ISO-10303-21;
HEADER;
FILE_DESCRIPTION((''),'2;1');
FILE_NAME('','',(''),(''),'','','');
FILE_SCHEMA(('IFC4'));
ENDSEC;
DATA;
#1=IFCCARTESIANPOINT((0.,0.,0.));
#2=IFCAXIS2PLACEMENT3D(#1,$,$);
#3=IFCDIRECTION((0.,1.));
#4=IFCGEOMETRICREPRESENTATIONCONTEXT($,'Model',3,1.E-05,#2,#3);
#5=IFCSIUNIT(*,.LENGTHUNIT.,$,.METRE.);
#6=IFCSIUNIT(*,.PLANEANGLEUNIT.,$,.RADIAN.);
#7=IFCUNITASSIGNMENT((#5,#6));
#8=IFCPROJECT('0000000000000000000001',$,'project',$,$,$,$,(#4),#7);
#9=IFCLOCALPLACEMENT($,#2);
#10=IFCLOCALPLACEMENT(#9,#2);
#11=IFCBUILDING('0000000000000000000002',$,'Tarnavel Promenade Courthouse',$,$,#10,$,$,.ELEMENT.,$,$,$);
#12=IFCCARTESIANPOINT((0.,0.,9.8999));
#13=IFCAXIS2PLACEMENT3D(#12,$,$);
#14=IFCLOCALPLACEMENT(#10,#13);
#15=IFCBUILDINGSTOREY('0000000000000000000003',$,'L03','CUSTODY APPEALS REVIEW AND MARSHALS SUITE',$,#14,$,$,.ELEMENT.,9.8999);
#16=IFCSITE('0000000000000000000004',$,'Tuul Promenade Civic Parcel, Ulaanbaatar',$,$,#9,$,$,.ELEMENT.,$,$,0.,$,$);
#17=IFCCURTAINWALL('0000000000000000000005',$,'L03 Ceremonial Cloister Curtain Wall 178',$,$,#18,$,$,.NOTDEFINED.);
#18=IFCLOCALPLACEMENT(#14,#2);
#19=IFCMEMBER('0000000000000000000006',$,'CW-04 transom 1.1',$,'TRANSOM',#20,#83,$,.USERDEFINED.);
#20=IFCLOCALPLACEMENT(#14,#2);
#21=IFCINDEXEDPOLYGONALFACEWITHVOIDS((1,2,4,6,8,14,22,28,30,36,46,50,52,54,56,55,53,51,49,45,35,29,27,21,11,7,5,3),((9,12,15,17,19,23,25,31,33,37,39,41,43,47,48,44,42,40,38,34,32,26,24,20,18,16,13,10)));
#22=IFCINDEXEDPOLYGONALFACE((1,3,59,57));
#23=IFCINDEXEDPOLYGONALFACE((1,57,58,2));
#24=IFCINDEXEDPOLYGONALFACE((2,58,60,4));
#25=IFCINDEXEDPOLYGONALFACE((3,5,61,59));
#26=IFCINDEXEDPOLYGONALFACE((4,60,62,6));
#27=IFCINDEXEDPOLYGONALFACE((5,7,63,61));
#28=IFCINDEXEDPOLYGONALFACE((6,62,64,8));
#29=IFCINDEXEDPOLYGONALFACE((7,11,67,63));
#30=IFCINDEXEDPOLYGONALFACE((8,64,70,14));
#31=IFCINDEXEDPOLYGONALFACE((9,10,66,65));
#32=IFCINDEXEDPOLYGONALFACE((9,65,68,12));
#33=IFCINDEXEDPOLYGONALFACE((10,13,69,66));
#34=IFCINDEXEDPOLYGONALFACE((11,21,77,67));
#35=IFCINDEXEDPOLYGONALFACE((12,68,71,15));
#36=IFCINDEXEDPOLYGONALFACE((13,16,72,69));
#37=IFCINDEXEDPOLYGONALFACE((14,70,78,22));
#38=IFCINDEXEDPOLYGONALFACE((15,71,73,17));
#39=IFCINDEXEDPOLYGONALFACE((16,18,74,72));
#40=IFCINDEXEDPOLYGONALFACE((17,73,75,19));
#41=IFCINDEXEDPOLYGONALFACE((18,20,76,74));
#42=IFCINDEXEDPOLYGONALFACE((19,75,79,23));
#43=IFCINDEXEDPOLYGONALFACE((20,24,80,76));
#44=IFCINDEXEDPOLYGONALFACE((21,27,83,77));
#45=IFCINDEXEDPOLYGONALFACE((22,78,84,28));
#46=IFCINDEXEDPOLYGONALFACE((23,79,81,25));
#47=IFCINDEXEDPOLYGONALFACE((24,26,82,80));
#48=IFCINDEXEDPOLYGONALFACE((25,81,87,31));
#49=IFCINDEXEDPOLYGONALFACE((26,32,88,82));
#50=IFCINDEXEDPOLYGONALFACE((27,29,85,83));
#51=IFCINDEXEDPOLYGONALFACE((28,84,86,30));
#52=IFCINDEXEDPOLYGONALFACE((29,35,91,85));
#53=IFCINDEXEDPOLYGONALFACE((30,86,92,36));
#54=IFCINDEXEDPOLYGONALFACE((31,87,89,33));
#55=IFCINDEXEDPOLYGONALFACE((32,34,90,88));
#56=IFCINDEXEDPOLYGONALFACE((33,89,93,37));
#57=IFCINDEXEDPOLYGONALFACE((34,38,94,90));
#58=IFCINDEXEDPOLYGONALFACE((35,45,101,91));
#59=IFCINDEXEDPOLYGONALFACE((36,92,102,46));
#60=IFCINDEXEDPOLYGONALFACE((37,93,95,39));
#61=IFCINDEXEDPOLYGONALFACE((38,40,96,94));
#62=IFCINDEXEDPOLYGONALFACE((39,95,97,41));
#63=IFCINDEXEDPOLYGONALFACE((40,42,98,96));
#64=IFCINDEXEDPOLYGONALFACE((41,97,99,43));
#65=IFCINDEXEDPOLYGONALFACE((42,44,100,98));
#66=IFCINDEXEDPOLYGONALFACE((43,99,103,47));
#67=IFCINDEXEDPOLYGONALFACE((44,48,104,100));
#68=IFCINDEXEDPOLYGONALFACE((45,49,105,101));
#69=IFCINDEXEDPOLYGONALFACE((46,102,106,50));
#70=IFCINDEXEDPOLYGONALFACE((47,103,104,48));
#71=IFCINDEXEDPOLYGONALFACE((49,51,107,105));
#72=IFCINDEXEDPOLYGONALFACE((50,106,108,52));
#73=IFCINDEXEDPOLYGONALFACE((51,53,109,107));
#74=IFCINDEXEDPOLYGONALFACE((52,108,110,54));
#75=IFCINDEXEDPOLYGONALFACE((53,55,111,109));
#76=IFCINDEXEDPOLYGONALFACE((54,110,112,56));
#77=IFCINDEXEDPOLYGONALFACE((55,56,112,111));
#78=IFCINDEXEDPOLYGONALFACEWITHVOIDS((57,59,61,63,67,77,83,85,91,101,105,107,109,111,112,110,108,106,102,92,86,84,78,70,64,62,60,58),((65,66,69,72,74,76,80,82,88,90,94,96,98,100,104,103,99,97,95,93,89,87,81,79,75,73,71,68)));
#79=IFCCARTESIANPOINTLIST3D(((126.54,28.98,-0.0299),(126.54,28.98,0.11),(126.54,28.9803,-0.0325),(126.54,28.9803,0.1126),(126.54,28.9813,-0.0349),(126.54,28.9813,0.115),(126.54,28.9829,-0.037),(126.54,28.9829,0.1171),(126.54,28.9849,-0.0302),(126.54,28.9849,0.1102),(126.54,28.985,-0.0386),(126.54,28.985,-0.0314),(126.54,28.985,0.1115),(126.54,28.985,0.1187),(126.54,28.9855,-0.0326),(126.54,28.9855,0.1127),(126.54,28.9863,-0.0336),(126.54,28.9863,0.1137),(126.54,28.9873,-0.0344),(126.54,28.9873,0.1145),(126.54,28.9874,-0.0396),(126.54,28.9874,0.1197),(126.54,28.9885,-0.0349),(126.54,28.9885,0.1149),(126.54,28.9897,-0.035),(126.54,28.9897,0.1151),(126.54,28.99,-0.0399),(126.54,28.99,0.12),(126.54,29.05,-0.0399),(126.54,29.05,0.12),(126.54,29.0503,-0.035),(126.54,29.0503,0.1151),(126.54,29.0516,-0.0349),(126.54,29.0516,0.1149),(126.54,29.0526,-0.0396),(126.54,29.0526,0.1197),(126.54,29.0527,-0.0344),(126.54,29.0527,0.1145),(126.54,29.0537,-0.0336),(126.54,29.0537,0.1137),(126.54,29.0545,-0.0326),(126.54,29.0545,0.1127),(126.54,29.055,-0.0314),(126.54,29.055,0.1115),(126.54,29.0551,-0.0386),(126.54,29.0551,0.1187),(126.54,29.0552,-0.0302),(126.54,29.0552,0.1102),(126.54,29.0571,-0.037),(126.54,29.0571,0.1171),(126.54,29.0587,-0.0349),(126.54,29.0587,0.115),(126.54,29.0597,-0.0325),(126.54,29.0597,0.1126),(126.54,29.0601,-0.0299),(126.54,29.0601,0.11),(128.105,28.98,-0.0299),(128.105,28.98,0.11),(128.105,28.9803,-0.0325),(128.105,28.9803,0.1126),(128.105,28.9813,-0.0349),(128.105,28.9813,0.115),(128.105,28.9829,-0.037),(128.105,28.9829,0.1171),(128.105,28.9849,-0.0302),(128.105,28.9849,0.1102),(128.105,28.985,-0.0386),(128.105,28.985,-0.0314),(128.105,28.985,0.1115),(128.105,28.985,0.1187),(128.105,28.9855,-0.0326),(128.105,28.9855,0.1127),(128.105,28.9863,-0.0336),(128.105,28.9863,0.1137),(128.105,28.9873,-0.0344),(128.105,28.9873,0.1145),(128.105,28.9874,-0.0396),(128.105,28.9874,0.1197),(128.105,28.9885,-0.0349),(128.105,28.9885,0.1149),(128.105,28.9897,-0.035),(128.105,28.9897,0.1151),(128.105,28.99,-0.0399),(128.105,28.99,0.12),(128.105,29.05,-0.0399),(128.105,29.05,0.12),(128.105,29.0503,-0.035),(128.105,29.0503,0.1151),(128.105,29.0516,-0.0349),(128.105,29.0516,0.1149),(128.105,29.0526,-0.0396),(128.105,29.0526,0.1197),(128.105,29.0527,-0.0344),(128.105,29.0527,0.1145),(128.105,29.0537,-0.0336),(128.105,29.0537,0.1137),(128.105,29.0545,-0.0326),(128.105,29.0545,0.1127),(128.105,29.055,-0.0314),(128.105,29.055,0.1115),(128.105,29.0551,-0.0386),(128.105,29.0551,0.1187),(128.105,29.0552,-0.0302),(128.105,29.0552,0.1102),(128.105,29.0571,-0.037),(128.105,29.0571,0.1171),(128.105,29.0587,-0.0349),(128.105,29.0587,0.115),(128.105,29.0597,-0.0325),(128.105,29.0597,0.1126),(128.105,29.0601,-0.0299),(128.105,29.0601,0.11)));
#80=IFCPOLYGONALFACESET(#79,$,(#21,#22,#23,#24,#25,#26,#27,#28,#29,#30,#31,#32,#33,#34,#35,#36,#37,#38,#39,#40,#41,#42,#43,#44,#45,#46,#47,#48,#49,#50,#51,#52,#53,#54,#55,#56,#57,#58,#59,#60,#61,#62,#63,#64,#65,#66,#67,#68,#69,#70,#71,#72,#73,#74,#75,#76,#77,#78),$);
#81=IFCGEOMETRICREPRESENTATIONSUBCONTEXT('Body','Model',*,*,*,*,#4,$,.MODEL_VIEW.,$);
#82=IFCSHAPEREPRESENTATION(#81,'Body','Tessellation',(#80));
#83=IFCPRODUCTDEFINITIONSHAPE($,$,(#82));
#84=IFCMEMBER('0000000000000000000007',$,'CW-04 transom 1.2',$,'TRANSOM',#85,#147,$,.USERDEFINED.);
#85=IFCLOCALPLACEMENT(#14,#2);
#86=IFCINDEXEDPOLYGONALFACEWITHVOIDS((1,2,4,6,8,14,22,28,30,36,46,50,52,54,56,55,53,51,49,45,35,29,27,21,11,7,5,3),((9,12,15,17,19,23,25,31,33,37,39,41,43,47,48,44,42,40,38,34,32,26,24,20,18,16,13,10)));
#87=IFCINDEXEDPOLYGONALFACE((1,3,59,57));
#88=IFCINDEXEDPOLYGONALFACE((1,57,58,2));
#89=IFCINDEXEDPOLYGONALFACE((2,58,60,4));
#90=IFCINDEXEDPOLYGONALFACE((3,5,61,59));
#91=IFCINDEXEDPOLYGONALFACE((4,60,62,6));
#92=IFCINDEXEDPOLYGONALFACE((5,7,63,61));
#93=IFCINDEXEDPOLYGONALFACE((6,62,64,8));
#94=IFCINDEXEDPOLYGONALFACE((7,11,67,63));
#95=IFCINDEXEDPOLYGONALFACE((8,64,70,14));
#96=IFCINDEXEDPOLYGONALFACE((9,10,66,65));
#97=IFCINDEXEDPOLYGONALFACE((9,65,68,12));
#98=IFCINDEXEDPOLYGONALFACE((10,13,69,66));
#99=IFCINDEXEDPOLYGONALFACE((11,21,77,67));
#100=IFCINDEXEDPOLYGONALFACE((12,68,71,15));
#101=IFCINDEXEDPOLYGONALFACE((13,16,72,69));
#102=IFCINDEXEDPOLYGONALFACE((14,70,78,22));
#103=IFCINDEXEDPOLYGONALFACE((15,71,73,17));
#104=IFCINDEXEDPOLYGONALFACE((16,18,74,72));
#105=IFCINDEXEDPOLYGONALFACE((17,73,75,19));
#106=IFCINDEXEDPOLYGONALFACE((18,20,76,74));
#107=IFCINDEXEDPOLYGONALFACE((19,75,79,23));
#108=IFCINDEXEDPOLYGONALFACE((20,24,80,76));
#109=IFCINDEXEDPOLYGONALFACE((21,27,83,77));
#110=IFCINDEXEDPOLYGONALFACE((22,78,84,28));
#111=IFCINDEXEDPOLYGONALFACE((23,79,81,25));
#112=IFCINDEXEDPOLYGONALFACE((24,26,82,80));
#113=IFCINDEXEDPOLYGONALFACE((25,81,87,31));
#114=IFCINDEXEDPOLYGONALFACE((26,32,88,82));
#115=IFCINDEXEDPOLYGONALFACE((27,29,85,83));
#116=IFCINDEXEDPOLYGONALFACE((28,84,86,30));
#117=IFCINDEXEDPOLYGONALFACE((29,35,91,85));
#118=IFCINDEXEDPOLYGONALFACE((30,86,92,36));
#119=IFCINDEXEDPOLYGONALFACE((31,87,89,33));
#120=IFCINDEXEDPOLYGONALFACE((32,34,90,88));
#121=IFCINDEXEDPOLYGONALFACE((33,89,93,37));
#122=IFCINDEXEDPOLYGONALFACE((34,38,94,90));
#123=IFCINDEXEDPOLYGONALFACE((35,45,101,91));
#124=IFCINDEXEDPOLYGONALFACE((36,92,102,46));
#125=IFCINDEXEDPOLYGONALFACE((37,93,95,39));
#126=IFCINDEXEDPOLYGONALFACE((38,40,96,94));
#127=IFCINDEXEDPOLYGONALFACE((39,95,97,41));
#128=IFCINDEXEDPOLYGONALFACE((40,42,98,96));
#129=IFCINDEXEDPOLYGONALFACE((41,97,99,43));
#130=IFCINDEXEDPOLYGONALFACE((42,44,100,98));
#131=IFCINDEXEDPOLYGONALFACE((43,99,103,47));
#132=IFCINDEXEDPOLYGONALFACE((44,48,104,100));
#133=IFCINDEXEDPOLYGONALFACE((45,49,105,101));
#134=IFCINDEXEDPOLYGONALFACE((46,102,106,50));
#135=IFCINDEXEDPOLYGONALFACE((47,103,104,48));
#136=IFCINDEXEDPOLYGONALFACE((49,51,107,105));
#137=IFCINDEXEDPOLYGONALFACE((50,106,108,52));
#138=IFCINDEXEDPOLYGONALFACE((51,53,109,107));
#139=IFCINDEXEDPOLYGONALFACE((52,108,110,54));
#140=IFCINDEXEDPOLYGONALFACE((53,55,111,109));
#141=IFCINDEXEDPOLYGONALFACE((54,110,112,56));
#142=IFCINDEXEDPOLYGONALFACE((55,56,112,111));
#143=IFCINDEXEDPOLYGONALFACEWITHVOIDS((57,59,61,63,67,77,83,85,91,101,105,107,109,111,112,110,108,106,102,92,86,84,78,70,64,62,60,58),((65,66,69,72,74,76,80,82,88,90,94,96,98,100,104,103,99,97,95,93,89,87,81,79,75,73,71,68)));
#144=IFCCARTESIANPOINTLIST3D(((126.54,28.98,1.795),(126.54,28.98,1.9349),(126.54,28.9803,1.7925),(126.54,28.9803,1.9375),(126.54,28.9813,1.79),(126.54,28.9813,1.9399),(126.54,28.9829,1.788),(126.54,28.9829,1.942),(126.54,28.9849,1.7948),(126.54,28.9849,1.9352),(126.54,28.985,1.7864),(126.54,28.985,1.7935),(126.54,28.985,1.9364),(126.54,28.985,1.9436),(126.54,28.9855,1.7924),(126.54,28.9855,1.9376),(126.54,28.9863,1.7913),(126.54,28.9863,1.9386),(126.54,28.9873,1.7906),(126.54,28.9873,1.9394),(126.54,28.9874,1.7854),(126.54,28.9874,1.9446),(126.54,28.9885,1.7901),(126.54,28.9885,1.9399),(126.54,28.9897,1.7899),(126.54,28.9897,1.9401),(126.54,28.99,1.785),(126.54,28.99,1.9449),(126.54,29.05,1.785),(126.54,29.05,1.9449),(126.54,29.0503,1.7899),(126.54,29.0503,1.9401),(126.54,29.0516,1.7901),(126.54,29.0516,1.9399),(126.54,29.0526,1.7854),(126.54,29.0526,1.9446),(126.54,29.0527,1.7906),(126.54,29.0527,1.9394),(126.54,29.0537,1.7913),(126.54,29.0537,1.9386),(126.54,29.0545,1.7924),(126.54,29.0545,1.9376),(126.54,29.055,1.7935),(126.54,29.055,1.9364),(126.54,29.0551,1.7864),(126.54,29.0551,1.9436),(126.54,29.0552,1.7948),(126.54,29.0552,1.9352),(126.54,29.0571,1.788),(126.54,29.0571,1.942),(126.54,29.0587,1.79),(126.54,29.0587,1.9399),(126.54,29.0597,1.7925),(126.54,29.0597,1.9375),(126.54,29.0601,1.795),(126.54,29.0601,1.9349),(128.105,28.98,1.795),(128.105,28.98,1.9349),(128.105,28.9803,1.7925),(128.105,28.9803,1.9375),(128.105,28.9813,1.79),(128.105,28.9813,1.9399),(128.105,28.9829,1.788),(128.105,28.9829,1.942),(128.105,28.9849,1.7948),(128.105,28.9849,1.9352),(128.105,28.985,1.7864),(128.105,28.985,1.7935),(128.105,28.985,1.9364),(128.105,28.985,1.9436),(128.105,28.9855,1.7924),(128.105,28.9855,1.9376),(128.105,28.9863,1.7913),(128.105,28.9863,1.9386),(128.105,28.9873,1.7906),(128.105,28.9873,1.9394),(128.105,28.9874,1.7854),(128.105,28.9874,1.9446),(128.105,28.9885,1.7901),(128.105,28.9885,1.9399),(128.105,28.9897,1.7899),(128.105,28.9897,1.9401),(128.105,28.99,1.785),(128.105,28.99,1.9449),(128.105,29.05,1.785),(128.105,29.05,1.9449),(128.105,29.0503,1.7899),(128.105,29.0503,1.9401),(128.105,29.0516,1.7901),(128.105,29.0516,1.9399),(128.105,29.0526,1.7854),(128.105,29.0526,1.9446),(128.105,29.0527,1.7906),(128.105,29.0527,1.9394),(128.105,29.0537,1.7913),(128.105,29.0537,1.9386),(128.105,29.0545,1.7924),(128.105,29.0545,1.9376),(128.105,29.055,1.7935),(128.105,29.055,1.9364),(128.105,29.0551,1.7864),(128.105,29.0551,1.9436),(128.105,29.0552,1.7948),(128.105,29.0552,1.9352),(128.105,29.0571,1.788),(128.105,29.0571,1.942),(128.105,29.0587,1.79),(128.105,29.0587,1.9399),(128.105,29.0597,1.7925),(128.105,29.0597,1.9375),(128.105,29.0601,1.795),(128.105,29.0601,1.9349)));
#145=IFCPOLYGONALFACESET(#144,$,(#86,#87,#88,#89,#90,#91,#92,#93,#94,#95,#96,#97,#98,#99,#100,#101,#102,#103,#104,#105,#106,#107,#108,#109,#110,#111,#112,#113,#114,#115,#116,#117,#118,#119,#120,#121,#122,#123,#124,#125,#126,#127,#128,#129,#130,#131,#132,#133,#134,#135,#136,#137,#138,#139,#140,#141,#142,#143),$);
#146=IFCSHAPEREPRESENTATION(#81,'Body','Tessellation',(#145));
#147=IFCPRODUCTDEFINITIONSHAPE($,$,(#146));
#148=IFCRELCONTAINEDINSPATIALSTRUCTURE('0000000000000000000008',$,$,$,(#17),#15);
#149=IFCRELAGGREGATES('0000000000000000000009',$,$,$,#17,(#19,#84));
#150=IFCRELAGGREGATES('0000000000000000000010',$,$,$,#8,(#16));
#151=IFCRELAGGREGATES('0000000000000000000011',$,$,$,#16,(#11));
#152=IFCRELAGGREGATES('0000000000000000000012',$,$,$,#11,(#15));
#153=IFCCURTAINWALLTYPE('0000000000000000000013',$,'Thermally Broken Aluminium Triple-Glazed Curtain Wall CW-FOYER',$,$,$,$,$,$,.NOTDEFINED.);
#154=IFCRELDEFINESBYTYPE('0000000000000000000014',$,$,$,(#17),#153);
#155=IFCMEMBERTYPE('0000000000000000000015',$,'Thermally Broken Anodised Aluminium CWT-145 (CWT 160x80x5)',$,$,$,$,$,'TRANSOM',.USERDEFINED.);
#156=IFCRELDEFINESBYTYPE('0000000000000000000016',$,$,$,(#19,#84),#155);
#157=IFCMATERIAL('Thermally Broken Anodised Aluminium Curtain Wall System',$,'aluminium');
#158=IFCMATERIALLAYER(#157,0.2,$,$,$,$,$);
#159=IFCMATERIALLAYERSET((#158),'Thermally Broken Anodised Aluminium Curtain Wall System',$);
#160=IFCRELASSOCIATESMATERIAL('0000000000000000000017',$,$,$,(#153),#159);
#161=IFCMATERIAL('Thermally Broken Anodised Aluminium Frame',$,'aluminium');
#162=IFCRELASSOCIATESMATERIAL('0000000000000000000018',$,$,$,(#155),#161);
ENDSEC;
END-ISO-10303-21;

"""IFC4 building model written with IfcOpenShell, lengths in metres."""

from ifc_helpers import new_model, si_unit, direction, frame, origin, origin_2d, place, context, subcontext, project, spatial, hollow_rectangle, extrude, material, layer, layer_set, material_profile, profile_set, type_object, element, aggregate, save


model = new_model("IFC4")

# Units and contexts
model_context = context("Model", 3, precision=1e-05, world=origin(), true_north=direction((0.0, 1.0)))
body_context = subcontext(model_context, "Body", "Model", "MODEL_VIEW")
ifc_project = project(units=[si_unit("LENGTHUNIT", "METRE"), si_unit("PLANEANGLEUNIT", "RADIAN")], contexts=[model_context])

# Site, building, storey
site_placement = place(None, origin())
site = spatial("IfcSite", under=ifc_project, at=site_placement, Name="Tuul Promenade Civic Parcel, Ulaanbaatar", CompositionType="ELEMENT", RefElevation=0.0)
building_placement = place(site_placement, origin())
building = spatial("IfcBuilding", under=site, at=building_placement, Name="Tarnavel Promenade Courthouse", CompositionType="ELEMENT")
storey_placement = place(building_placement, frame((0.0, 0.0, 9.8999)))
storey = spatial("IfcBuildingStorey", under=building, at=storey_placement, Name="L03", Description="CUSTODY APPEALS REVIEW AND MARSHALS SUITE", CompositionType="ELEMENT", Elevation=9.8999)

# Shared definitions
ifc_material_1 = material(Name="Thermally Broken Anodised Aluminium Curtain Wall System", Category="aluminium")
ifc_layer_1 = layer(ifc_material_1, 0.2)
ifc_layer_set_1 = layer_set([ifc_layer_1], Name="Thermally Broken Anodised Aluminium Curtain Wall System")
curtain_wall_type = type_object("IfcCurtainWallType", Name="Thermally Broken Aluminium Triple-Glazed Curtain Wall CW-FOYER", PredefinedType="NOTDEFINED", material=ifc_layer_set_1)
ifc_material_2 = material(Name="Thermally Broken Anodised Aluminium Frame", Category="aluminium")

# Curtain wall, members
curtain_wall_1_placement = place(storey_placement, origin())
curtain_wall_1 = element("IfcCurtainWall", 1, at=curtain_wall_1_placement, inside=storey, type_object=curtain_wall_type, Name="L03 Ceremonial Cloister Curtain Wall 178", PredefinedType="NOTDEFINED")
ifc_material_profile_1 = material_profile(ifc_material_2, hollow_rectangle(XDim=0.0801, YDim=0.1599, WallThickness=0.0049, InnerFilletRadius=0.0049, OuterFilletRadius=0.01, at=origin_2d()), Name="CWT 160x80x5")
ifc_profile_set_1 = profile_set([ifc_material_profile_1], Name="Thermally Broken Anodised Aluminium Frame")
member_type_1 = type_object("IfcMemberType", Name="Thermally Broken Anodised Aluminium CWT-145 (CWT 160x80x5)", ElementType="TRANSOM", PredefinedType="USERDEFINED", material=ifc_profile_set_1)
member_1_placement = place(storey_placement, frame((126.54, 29.02, 0.04), z_axis=(1.0, 0.0, 0.0), x_axis=(0.0, 1.0, 0.0)))
member_1 = element("IfcMember", 2, at=member_1_placement, type_object=member_type_1, Name="CW-04 transom 1.1", ObjectType="TRANSOM", PredefinedType="USERDEFINED", context=body_context, shape_type="SweptSolid", body=[
    extrude(hollow_rectangle(XDim=0.0801, YDim=0.1599, WallThickness=0.0049, InnerFilletRadius=0.0049, OuterFilletRadius=0.01, at=origin_2d()), origin(), (0.0, 0.0, 1.0), 1.5649),
])
member_2_placement = place(storey_placement, frame((126.54, 29.02, 1.865), z_axis=(1.0, 0.0, 0.0), x_axis=(0.0, 1.0, 0.0)))
member_2 = element("IfcMember", 3, at=member_2_placement, type_object=member_type_1, Name="CW-04 transom 1.2", ObjectType="TRANSOM", PredefinedType="USERDEFINED", context=body_context, shape_type="SweptSolid", body=[
    extrude(hollow_rectangle(XDim=0.0801, YDim=0.1599, WallThickness=0.0049, InnerFilletRadius=0.0049, OuterFilletRadius=0.01, at=origin_2d()), origin(), (0.0, 0.0, 1.0), 1.5649),
])

aggregate(curtain_wall_1, [member_1, member_2])

save(model, "model.ifc")
